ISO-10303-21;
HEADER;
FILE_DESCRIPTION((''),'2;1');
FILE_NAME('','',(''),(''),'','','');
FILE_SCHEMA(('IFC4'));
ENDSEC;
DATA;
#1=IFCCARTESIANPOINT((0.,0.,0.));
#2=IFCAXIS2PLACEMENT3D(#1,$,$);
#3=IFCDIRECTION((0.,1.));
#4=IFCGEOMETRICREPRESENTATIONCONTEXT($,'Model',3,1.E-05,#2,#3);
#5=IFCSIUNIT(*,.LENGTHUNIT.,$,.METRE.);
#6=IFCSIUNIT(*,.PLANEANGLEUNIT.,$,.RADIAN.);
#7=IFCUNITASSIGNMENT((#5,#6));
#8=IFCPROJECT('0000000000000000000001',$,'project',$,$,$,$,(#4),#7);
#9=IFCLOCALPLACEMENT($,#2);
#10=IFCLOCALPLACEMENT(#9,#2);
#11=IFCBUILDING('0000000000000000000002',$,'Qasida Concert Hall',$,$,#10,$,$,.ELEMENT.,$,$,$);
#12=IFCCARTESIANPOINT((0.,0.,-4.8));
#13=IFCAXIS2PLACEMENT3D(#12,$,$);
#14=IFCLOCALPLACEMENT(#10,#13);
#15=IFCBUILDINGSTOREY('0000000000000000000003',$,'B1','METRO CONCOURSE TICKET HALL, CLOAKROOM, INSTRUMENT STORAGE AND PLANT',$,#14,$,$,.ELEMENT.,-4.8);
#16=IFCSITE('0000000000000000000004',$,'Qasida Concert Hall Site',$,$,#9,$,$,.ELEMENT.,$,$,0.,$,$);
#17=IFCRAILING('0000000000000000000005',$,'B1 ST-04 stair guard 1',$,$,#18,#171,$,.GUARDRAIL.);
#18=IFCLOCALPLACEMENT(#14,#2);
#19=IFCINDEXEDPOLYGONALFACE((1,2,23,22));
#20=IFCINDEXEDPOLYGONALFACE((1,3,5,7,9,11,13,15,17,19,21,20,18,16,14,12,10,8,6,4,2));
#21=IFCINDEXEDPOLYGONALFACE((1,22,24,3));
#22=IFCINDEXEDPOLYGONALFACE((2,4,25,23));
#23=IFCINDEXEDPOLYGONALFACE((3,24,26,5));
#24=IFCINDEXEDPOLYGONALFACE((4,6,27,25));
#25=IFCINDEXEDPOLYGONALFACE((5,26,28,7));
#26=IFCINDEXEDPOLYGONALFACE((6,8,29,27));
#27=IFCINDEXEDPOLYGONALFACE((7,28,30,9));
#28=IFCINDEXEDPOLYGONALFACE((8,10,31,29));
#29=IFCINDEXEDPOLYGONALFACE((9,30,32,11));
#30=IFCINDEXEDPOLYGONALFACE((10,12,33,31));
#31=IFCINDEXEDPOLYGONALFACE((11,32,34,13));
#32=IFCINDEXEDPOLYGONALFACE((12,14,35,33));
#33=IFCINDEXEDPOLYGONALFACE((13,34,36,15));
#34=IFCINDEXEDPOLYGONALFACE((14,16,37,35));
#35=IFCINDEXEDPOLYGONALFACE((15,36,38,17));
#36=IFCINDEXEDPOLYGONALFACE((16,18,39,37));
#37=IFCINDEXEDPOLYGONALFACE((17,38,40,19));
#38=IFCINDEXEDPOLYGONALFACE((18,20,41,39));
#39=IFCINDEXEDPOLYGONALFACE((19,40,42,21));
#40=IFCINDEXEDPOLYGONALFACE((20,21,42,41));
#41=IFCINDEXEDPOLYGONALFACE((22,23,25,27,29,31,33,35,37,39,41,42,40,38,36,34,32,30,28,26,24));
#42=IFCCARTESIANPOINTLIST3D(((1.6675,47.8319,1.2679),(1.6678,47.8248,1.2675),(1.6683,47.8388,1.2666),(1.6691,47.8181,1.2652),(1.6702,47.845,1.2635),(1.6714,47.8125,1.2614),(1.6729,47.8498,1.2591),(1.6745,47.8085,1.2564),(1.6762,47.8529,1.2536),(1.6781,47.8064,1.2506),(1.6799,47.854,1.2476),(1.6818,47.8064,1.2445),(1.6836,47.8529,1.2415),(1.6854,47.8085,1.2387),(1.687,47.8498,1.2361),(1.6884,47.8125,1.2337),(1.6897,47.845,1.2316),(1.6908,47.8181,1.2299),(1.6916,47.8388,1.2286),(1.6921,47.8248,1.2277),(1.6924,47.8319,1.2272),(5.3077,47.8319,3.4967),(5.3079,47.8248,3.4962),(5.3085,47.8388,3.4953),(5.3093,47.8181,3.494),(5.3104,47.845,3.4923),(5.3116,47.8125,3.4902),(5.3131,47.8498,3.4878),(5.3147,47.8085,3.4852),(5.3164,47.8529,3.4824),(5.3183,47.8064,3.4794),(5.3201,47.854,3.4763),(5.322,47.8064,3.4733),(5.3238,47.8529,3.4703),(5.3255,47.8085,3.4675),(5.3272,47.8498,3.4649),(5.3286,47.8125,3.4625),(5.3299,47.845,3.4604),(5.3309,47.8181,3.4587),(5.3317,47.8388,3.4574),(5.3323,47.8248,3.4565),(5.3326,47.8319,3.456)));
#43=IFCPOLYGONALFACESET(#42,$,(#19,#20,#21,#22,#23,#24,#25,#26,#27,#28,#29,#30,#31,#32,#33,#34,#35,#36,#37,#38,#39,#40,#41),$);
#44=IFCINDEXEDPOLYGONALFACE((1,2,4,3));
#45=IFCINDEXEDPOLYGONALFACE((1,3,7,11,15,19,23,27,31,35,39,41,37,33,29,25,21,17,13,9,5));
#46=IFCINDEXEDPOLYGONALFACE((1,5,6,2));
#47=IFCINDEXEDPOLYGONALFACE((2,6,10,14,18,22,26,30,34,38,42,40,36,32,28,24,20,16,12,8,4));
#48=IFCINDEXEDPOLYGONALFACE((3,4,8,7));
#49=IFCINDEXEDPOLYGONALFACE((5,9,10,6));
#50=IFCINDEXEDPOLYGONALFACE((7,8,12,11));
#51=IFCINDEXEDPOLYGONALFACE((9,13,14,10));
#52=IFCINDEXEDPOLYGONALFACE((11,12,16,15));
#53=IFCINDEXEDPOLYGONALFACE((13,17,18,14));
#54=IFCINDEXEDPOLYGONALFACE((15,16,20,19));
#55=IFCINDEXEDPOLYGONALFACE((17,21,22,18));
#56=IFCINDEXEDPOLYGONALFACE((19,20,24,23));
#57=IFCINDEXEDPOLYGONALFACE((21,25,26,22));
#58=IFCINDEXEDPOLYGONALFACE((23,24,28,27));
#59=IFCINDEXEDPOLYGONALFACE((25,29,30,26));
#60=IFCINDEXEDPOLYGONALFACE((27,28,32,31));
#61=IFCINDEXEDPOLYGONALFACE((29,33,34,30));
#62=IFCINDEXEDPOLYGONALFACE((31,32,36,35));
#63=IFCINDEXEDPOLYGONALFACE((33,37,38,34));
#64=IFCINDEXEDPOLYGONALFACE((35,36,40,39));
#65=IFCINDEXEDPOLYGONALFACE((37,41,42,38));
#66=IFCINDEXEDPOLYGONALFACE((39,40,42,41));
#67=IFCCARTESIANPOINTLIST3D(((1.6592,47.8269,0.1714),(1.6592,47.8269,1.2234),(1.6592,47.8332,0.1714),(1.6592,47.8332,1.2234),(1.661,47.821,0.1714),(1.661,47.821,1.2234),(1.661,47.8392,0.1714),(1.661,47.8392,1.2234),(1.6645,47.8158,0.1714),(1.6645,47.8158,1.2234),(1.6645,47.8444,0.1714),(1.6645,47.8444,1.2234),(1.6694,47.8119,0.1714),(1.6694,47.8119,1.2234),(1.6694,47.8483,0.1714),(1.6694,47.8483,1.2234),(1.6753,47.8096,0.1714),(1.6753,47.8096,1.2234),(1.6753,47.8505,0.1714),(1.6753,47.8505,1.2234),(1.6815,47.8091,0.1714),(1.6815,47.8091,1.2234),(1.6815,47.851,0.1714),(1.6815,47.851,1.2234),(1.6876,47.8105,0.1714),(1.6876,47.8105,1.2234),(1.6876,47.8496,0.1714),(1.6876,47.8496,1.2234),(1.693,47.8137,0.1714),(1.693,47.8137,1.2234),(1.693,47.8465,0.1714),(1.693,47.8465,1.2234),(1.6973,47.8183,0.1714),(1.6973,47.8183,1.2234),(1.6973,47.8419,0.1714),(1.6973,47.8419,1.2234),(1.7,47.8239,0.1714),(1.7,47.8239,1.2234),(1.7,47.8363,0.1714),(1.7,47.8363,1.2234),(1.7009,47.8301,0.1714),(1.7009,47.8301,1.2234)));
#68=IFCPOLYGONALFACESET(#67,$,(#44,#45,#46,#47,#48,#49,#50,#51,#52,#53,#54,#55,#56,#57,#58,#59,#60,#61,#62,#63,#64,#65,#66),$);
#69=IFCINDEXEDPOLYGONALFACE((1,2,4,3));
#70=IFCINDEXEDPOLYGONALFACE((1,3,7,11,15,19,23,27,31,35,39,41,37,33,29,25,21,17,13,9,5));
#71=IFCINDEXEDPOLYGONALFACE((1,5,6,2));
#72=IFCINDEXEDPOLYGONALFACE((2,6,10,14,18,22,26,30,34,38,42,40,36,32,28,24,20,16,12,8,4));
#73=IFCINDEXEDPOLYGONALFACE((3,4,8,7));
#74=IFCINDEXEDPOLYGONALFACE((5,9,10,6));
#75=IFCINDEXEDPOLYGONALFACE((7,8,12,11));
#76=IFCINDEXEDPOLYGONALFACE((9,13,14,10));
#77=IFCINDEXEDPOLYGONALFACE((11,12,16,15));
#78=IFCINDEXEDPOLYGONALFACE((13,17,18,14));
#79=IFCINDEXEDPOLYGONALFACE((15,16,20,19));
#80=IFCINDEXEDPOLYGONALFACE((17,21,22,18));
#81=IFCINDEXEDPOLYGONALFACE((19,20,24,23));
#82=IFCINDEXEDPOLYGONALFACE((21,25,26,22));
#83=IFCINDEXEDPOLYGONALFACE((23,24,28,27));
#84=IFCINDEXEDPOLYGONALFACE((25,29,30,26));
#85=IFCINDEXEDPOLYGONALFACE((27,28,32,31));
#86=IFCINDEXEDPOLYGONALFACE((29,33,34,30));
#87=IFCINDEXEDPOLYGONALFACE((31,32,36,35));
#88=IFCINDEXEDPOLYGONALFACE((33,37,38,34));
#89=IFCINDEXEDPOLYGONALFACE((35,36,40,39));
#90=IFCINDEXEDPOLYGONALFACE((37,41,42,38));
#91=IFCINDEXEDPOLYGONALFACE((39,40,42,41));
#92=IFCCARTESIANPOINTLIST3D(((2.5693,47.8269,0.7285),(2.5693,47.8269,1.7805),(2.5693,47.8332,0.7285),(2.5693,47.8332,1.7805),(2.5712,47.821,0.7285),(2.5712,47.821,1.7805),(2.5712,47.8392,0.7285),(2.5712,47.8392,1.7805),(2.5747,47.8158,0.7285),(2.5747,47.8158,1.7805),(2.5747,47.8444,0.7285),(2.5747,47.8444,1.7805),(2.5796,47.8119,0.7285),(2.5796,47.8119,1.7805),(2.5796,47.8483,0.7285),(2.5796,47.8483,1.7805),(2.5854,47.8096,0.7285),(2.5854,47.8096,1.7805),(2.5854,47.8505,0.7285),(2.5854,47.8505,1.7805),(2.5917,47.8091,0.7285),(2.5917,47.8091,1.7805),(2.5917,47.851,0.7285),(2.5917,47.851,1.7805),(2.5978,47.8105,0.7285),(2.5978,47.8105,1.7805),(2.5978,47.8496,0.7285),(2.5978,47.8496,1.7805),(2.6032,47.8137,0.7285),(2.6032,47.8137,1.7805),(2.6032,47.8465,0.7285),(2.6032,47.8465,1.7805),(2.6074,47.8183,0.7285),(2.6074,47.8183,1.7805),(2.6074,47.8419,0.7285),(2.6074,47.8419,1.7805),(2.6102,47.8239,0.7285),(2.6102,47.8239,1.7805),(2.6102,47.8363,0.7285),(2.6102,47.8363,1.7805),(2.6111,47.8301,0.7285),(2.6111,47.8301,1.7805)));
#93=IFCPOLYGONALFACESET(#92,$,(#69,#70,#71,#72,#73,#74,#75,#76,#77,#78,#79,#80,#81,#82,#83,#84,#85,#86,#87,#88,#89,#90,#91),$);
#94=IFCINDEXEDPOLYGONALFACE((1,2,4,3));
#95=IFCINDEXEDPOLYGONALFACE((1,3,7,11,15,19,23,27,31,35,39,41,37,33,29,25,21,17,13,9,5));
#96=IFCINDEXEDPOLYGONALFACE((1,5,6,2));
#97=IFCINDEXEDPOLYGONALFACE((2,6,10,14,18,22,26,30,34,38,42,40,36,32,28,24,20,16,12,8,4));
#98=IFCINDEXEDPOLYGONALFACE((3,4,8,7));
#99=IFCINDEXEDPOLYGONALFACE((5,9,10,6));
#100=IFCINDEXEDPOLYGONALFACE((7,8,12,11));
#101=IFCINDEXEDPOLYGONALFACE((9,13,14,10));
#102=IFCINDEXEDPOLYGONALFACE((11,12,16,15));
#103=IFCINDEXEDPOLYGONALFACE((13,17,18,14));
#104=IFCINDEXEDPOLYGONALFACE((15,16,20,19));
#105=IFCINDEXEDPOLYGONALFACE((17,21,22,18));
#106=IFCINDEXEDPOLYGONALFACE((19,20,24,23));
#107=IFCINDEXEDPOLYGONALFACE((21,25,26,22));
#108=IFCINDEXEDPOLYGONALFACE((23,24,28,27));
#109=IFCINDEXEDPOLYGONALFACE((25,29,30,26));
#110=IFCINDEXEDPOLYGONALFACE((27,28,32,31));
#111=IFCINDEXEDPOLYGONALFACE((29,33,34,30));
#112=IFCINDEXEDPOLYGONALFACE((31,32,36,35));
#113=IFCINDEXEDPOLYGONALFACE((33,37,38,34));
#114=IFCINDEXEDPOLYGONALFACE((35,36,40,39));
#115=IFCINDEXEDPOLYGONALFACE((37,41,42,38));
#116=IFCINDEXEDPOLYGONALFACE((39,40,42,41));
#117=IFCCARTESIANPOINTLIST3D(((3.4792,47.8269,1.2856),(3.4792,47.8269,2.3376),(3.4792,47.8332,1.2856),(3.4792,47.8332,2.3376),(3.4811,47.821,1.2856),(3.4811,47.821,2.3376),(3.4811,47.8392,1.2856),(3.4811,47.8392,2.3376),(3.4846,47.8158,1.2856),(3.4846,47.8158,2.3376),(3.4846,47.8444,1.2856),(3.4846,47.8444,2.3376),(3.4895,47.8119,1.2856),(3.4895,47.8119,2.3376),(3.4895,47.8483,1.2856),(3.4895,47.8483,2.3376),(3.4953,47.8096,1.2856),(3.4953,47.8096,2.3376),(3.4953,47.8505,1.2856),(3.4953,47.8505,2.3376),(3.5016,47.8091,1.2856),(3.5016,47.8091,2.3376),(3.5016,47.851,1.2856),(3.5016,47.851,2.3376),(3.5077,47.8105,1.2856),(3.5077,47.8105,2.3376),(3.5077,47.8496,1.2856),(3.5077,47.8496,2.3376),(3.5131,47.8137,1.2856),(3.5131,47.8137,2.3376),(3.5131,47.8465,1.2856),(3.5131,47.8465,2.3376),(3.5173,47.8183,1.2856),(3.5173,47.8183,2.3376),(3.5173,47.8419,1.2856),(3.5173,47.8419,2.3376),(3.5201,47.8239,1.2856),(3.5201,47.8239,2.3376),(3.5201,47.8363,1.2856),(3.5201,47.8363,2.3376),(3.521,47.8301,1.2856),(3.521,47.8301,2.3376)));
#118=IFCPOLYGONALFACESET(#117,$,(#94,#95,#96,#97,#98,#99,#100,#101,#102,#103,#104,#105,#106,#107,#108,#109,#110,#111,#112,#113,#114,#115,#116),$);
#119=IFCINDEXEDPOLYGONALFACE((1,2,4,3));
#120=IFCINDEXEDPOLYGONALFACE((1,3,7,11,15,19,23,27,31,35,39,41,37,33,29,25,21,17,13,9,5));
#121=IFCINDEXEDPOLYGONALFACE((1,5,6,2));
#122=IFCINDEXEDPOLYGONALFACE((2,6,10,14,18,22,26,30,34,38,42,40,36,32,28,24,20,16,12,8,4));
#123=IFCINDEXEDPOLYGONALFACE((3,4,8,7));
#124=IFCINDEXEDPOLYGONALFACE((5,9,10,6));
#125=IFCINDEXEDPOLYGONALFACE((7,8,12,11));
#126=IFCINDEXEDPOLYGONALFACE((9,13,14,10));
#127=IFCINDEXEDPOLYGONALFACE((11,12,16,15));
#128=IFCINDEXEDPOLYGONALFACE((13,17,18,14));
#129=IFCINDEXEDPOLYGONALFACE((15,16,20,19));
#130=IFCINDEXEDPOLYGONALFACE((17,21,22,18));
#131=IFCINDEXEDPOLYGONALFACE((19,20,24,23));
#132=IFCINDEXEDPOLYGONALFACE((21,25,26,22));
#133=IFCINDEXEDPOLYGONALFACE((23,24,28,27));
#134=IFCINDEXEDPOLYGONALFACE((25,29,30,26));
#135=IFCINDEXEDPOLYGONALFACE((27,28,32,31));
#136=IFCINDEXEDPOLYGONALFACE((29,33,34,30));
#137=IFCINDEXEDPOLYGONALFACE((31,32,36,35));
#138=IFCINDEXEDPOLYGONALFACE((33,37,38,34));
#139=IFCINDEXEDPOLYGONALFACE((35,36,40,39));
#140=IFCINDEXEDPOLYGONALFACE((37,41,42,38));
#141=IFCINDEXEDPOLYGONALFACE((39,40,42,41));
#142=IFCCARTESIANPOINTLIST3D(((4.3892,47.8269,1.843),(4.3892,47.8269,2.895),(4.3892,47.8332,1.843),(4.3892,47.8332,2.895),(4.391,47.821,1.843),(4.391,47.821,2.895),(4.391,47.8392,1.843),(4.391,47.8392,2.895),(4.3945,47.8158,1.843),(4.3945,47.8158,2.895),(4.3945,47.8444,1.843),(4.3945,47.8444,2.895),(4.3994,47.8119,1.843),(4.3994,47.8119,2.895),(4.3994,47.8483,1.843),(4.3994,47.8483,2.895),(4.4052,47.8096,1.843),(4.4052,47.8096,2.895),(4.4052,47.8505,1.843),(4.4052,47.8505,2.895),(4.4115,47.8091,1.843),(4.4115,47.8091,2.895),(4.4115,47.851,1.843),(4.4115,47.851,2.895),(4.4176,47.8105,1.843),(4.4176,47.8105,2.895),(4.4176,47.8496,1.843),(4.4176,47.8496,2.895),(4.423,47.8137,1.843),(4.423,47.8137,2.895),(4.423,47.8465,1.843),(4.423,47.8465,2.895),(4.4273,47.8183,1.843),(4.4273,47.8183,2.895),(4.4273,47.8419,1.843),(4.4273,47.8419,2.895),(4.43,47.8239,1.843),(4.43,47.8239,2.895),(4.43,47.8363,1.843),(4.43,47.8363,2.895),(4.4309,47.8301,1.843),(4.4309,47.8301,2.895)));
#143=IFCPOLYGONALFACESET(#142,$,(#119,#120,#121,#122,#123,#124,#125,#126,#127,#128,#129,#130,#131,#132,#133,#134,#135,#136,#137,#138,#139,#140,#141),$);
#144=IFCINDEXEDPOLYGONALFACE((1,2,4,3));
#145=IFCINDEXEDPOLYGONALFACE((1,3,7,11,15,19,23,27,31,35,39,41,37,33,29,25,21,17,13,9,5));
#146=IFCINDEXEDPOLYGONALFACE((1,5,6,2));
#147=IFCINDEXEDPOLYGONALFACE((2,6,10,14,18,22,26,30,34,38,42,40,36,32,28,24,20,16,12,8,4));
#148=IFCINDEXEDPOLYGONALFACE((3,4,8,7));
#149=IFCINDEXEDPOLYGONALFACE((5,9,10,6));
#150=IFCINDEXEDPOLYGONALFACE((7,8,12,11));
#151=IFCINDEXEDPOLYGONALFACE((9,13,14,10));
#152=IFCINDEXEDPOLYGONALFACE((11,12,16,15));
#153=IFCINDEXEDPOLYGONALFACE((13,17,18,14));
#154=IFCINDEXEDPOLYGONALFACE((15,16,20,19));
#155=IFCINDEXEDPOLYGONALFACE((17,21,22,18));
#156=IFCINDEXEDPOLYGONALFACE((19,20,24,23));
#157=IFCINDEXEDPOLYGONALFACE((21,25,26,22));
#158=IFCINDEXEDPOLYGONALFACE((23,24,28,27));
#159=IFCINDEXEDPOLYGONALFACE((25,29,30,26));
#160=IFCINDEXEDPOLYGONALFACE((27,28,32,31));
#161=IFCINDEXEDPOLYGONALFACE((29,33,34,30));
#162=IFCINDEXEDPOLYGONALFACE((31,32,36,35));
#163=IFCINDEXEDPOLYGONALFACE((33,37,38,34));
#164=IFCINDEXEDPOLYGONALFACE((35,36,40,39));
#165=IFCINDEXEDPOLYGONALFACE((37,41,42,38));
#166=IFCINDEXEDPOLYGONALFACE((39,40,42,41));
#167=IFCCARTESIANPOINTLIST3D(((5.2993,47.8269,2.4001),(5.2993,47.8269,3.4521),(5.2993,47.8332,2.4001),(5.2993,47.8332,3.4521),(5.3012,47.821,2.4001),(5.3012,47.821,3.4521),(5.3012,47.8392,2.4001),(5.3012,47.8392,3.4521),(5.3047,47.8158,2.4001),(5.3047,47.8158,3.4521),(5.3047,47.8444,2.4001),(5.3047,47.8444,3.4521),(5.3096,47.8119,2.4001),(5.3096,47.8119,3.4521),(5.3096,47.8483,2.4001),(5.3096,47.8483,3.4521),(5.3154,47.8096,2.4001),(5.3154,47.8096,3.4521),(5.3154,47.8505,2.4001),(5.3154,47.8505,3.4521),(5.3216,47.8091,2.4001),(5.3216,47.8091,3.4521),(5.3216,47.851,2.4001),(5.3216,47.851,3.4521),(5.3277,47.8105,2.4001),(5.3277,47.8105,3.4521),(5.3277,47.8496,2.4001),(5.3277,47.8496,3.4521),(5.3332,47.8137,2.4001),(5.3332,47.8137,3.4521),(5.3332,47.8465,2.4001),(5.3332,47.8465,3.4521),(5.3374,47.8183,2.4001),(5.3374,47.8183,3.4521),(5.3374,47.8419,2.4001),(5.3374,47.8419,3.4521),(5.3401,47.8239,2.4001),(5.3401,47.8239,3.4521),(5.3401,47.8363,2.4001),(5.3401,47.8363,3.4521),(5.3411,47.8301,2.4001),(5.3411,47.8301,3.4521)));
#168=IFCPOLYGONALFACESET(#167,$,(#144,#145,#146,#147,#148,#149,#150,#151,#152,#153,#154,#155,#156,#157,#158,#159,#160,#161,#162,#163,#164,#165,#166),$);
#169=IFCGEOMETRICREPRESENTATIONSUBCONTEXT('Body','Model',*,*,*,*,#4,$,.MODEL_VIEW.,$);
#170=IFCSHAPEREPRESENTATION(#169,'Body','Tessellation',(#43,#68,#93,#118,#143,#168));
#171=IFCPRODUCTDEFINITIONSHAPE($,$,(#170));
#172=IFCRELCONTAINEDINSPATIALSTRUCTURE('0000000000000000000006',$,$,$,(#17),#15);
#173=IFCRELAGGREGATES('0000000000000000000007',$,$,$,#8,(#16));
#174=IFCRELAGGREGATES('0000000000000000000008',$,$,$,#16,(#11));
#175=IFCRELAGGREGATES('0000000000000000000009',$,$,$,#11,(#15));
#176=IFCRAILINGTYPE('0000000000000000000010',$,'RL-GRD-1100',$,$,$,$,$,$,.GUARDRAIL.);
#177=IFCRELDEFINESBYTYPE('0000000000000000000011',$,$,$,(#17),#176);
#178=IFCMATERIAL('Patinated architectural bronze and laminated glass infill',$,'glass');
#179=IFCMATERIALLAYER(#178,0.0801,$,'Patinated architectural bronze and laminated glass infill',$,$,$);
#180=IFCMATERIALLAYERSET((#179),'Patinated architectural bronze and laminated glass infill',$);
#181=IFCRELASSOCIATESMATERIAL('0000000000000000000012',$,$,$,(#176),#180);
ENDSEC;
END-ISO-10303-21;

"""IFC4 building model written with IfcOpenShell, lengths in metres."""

from ifc_helpers import new_model, si_unit, direction, frame, origin, origin_2d, place, context, subcontext, project, spatial, circle, extrude, material, layer, layer_set, type_object, element, save


model = new_model("IFC4")

# Units and contexts
model_context = context("Model", 3, precision=1e-05, world=origin(), true_north=direction((0.0, 1.0)))
body_context = subcontext(model_context, "Body", "Model", "MODEL_VIEW")
ifc_project = project(units=[si_unit("LENGTHUNIT", "METRE"), si_unit("PLANEANGLEUNIT", "RADIAN")], contexts=[model_context])

# Site, building, storey
site_placement = place(None, origin())
site = spatial("IfcSite", under=ifc_project, at=site_placement, Name="Qasida Concert Hall Site", CompositionType="ELEMENT", RefElevation=0.0)
building_placement = place(site_placement, origin())
building = spatial("IfcBuilding", under=site, at=building_placement, Name="Qasida Concert Hall", CompositionType="ELEMENT")
storey_placement = place(building_placement, frame((0.0, 0.0, -4.8)))
storey = spatial("IfcBuildingStorey", under=building, at=storey_placement, Name="B1", Description="METRO CONCOURSE TICKET HALL, CLOAKROOM, INSTRUMENT STORAGE AND PLANT", CompositionType="ELEMENT", Elevation=-4.8)

# Railing
ifc_material_1 = material(Name="Patinated architectural bronze and laminated glass infill", Category="glass")
ifc_layer_1 = layer(ifc_material_1, 0.0801, Name="Patinated architectural bronze and laminated glass infill")
ifc_layer_set_1 = layer_set([ifc_layer_1], Name="Patinated architectural bronze and laminated glass infill")
railing_type_1 = type_object("IfcRailingType", Name="RL-GRD-1100", PredefinedType="GUARDRAIL", material=ifc_layer_set_1)
railing_1_placement = place(storey_placement, frame((1.6799, 47.8301, 0.1714)))
element("IfcRailing", 1, at=railing_1_placement, inside=storey, type_object=railing_type_1, Name="B1 ST-04 stair guard 1", PredefinedType="GUARDRAIL", context=body_context, shape_type="SweptSolid", body=[
    extrude(circle(Radius=0.0239, at=origin_2d()), frame((0.0, 0.0, 1.0762), z_axis=(0.85284, 0.0, 0.522172), x_axis=(0.0, 1.0, 0.0)), (0.0, 0.0, 1.0), 4.2683),
    extrude(circle(Radius=0.021, at=origin_2d()), origin(), (0.0, 0.0, 1.0), 1.052),
    extrude(circle(Radius=0.021, at=origin_2d()), frame((0.9102, 0.0, 0.5571)), (0.0, 0.0, 1.0), 1.052),
    extrude(circle(Radius=0.021, at=origin_2d()), frame((1.8201, 0.0, 1.1143)), (0.0, 0.0, 1.0), 1.052),
    extrude(circle(Radius=0.021, at=origin_2d()), frame((2.73, 0.0, 1.6716)), (0.0, 0.0, 1.0), 1.052),
    extrude(circle(Radius=0.021, at=origin_2d()), frame((3.6401, 0.0, 2.2288)), (0.0, 0.0, 1.0), 1.052),
])

save(model, "model.ifc")
